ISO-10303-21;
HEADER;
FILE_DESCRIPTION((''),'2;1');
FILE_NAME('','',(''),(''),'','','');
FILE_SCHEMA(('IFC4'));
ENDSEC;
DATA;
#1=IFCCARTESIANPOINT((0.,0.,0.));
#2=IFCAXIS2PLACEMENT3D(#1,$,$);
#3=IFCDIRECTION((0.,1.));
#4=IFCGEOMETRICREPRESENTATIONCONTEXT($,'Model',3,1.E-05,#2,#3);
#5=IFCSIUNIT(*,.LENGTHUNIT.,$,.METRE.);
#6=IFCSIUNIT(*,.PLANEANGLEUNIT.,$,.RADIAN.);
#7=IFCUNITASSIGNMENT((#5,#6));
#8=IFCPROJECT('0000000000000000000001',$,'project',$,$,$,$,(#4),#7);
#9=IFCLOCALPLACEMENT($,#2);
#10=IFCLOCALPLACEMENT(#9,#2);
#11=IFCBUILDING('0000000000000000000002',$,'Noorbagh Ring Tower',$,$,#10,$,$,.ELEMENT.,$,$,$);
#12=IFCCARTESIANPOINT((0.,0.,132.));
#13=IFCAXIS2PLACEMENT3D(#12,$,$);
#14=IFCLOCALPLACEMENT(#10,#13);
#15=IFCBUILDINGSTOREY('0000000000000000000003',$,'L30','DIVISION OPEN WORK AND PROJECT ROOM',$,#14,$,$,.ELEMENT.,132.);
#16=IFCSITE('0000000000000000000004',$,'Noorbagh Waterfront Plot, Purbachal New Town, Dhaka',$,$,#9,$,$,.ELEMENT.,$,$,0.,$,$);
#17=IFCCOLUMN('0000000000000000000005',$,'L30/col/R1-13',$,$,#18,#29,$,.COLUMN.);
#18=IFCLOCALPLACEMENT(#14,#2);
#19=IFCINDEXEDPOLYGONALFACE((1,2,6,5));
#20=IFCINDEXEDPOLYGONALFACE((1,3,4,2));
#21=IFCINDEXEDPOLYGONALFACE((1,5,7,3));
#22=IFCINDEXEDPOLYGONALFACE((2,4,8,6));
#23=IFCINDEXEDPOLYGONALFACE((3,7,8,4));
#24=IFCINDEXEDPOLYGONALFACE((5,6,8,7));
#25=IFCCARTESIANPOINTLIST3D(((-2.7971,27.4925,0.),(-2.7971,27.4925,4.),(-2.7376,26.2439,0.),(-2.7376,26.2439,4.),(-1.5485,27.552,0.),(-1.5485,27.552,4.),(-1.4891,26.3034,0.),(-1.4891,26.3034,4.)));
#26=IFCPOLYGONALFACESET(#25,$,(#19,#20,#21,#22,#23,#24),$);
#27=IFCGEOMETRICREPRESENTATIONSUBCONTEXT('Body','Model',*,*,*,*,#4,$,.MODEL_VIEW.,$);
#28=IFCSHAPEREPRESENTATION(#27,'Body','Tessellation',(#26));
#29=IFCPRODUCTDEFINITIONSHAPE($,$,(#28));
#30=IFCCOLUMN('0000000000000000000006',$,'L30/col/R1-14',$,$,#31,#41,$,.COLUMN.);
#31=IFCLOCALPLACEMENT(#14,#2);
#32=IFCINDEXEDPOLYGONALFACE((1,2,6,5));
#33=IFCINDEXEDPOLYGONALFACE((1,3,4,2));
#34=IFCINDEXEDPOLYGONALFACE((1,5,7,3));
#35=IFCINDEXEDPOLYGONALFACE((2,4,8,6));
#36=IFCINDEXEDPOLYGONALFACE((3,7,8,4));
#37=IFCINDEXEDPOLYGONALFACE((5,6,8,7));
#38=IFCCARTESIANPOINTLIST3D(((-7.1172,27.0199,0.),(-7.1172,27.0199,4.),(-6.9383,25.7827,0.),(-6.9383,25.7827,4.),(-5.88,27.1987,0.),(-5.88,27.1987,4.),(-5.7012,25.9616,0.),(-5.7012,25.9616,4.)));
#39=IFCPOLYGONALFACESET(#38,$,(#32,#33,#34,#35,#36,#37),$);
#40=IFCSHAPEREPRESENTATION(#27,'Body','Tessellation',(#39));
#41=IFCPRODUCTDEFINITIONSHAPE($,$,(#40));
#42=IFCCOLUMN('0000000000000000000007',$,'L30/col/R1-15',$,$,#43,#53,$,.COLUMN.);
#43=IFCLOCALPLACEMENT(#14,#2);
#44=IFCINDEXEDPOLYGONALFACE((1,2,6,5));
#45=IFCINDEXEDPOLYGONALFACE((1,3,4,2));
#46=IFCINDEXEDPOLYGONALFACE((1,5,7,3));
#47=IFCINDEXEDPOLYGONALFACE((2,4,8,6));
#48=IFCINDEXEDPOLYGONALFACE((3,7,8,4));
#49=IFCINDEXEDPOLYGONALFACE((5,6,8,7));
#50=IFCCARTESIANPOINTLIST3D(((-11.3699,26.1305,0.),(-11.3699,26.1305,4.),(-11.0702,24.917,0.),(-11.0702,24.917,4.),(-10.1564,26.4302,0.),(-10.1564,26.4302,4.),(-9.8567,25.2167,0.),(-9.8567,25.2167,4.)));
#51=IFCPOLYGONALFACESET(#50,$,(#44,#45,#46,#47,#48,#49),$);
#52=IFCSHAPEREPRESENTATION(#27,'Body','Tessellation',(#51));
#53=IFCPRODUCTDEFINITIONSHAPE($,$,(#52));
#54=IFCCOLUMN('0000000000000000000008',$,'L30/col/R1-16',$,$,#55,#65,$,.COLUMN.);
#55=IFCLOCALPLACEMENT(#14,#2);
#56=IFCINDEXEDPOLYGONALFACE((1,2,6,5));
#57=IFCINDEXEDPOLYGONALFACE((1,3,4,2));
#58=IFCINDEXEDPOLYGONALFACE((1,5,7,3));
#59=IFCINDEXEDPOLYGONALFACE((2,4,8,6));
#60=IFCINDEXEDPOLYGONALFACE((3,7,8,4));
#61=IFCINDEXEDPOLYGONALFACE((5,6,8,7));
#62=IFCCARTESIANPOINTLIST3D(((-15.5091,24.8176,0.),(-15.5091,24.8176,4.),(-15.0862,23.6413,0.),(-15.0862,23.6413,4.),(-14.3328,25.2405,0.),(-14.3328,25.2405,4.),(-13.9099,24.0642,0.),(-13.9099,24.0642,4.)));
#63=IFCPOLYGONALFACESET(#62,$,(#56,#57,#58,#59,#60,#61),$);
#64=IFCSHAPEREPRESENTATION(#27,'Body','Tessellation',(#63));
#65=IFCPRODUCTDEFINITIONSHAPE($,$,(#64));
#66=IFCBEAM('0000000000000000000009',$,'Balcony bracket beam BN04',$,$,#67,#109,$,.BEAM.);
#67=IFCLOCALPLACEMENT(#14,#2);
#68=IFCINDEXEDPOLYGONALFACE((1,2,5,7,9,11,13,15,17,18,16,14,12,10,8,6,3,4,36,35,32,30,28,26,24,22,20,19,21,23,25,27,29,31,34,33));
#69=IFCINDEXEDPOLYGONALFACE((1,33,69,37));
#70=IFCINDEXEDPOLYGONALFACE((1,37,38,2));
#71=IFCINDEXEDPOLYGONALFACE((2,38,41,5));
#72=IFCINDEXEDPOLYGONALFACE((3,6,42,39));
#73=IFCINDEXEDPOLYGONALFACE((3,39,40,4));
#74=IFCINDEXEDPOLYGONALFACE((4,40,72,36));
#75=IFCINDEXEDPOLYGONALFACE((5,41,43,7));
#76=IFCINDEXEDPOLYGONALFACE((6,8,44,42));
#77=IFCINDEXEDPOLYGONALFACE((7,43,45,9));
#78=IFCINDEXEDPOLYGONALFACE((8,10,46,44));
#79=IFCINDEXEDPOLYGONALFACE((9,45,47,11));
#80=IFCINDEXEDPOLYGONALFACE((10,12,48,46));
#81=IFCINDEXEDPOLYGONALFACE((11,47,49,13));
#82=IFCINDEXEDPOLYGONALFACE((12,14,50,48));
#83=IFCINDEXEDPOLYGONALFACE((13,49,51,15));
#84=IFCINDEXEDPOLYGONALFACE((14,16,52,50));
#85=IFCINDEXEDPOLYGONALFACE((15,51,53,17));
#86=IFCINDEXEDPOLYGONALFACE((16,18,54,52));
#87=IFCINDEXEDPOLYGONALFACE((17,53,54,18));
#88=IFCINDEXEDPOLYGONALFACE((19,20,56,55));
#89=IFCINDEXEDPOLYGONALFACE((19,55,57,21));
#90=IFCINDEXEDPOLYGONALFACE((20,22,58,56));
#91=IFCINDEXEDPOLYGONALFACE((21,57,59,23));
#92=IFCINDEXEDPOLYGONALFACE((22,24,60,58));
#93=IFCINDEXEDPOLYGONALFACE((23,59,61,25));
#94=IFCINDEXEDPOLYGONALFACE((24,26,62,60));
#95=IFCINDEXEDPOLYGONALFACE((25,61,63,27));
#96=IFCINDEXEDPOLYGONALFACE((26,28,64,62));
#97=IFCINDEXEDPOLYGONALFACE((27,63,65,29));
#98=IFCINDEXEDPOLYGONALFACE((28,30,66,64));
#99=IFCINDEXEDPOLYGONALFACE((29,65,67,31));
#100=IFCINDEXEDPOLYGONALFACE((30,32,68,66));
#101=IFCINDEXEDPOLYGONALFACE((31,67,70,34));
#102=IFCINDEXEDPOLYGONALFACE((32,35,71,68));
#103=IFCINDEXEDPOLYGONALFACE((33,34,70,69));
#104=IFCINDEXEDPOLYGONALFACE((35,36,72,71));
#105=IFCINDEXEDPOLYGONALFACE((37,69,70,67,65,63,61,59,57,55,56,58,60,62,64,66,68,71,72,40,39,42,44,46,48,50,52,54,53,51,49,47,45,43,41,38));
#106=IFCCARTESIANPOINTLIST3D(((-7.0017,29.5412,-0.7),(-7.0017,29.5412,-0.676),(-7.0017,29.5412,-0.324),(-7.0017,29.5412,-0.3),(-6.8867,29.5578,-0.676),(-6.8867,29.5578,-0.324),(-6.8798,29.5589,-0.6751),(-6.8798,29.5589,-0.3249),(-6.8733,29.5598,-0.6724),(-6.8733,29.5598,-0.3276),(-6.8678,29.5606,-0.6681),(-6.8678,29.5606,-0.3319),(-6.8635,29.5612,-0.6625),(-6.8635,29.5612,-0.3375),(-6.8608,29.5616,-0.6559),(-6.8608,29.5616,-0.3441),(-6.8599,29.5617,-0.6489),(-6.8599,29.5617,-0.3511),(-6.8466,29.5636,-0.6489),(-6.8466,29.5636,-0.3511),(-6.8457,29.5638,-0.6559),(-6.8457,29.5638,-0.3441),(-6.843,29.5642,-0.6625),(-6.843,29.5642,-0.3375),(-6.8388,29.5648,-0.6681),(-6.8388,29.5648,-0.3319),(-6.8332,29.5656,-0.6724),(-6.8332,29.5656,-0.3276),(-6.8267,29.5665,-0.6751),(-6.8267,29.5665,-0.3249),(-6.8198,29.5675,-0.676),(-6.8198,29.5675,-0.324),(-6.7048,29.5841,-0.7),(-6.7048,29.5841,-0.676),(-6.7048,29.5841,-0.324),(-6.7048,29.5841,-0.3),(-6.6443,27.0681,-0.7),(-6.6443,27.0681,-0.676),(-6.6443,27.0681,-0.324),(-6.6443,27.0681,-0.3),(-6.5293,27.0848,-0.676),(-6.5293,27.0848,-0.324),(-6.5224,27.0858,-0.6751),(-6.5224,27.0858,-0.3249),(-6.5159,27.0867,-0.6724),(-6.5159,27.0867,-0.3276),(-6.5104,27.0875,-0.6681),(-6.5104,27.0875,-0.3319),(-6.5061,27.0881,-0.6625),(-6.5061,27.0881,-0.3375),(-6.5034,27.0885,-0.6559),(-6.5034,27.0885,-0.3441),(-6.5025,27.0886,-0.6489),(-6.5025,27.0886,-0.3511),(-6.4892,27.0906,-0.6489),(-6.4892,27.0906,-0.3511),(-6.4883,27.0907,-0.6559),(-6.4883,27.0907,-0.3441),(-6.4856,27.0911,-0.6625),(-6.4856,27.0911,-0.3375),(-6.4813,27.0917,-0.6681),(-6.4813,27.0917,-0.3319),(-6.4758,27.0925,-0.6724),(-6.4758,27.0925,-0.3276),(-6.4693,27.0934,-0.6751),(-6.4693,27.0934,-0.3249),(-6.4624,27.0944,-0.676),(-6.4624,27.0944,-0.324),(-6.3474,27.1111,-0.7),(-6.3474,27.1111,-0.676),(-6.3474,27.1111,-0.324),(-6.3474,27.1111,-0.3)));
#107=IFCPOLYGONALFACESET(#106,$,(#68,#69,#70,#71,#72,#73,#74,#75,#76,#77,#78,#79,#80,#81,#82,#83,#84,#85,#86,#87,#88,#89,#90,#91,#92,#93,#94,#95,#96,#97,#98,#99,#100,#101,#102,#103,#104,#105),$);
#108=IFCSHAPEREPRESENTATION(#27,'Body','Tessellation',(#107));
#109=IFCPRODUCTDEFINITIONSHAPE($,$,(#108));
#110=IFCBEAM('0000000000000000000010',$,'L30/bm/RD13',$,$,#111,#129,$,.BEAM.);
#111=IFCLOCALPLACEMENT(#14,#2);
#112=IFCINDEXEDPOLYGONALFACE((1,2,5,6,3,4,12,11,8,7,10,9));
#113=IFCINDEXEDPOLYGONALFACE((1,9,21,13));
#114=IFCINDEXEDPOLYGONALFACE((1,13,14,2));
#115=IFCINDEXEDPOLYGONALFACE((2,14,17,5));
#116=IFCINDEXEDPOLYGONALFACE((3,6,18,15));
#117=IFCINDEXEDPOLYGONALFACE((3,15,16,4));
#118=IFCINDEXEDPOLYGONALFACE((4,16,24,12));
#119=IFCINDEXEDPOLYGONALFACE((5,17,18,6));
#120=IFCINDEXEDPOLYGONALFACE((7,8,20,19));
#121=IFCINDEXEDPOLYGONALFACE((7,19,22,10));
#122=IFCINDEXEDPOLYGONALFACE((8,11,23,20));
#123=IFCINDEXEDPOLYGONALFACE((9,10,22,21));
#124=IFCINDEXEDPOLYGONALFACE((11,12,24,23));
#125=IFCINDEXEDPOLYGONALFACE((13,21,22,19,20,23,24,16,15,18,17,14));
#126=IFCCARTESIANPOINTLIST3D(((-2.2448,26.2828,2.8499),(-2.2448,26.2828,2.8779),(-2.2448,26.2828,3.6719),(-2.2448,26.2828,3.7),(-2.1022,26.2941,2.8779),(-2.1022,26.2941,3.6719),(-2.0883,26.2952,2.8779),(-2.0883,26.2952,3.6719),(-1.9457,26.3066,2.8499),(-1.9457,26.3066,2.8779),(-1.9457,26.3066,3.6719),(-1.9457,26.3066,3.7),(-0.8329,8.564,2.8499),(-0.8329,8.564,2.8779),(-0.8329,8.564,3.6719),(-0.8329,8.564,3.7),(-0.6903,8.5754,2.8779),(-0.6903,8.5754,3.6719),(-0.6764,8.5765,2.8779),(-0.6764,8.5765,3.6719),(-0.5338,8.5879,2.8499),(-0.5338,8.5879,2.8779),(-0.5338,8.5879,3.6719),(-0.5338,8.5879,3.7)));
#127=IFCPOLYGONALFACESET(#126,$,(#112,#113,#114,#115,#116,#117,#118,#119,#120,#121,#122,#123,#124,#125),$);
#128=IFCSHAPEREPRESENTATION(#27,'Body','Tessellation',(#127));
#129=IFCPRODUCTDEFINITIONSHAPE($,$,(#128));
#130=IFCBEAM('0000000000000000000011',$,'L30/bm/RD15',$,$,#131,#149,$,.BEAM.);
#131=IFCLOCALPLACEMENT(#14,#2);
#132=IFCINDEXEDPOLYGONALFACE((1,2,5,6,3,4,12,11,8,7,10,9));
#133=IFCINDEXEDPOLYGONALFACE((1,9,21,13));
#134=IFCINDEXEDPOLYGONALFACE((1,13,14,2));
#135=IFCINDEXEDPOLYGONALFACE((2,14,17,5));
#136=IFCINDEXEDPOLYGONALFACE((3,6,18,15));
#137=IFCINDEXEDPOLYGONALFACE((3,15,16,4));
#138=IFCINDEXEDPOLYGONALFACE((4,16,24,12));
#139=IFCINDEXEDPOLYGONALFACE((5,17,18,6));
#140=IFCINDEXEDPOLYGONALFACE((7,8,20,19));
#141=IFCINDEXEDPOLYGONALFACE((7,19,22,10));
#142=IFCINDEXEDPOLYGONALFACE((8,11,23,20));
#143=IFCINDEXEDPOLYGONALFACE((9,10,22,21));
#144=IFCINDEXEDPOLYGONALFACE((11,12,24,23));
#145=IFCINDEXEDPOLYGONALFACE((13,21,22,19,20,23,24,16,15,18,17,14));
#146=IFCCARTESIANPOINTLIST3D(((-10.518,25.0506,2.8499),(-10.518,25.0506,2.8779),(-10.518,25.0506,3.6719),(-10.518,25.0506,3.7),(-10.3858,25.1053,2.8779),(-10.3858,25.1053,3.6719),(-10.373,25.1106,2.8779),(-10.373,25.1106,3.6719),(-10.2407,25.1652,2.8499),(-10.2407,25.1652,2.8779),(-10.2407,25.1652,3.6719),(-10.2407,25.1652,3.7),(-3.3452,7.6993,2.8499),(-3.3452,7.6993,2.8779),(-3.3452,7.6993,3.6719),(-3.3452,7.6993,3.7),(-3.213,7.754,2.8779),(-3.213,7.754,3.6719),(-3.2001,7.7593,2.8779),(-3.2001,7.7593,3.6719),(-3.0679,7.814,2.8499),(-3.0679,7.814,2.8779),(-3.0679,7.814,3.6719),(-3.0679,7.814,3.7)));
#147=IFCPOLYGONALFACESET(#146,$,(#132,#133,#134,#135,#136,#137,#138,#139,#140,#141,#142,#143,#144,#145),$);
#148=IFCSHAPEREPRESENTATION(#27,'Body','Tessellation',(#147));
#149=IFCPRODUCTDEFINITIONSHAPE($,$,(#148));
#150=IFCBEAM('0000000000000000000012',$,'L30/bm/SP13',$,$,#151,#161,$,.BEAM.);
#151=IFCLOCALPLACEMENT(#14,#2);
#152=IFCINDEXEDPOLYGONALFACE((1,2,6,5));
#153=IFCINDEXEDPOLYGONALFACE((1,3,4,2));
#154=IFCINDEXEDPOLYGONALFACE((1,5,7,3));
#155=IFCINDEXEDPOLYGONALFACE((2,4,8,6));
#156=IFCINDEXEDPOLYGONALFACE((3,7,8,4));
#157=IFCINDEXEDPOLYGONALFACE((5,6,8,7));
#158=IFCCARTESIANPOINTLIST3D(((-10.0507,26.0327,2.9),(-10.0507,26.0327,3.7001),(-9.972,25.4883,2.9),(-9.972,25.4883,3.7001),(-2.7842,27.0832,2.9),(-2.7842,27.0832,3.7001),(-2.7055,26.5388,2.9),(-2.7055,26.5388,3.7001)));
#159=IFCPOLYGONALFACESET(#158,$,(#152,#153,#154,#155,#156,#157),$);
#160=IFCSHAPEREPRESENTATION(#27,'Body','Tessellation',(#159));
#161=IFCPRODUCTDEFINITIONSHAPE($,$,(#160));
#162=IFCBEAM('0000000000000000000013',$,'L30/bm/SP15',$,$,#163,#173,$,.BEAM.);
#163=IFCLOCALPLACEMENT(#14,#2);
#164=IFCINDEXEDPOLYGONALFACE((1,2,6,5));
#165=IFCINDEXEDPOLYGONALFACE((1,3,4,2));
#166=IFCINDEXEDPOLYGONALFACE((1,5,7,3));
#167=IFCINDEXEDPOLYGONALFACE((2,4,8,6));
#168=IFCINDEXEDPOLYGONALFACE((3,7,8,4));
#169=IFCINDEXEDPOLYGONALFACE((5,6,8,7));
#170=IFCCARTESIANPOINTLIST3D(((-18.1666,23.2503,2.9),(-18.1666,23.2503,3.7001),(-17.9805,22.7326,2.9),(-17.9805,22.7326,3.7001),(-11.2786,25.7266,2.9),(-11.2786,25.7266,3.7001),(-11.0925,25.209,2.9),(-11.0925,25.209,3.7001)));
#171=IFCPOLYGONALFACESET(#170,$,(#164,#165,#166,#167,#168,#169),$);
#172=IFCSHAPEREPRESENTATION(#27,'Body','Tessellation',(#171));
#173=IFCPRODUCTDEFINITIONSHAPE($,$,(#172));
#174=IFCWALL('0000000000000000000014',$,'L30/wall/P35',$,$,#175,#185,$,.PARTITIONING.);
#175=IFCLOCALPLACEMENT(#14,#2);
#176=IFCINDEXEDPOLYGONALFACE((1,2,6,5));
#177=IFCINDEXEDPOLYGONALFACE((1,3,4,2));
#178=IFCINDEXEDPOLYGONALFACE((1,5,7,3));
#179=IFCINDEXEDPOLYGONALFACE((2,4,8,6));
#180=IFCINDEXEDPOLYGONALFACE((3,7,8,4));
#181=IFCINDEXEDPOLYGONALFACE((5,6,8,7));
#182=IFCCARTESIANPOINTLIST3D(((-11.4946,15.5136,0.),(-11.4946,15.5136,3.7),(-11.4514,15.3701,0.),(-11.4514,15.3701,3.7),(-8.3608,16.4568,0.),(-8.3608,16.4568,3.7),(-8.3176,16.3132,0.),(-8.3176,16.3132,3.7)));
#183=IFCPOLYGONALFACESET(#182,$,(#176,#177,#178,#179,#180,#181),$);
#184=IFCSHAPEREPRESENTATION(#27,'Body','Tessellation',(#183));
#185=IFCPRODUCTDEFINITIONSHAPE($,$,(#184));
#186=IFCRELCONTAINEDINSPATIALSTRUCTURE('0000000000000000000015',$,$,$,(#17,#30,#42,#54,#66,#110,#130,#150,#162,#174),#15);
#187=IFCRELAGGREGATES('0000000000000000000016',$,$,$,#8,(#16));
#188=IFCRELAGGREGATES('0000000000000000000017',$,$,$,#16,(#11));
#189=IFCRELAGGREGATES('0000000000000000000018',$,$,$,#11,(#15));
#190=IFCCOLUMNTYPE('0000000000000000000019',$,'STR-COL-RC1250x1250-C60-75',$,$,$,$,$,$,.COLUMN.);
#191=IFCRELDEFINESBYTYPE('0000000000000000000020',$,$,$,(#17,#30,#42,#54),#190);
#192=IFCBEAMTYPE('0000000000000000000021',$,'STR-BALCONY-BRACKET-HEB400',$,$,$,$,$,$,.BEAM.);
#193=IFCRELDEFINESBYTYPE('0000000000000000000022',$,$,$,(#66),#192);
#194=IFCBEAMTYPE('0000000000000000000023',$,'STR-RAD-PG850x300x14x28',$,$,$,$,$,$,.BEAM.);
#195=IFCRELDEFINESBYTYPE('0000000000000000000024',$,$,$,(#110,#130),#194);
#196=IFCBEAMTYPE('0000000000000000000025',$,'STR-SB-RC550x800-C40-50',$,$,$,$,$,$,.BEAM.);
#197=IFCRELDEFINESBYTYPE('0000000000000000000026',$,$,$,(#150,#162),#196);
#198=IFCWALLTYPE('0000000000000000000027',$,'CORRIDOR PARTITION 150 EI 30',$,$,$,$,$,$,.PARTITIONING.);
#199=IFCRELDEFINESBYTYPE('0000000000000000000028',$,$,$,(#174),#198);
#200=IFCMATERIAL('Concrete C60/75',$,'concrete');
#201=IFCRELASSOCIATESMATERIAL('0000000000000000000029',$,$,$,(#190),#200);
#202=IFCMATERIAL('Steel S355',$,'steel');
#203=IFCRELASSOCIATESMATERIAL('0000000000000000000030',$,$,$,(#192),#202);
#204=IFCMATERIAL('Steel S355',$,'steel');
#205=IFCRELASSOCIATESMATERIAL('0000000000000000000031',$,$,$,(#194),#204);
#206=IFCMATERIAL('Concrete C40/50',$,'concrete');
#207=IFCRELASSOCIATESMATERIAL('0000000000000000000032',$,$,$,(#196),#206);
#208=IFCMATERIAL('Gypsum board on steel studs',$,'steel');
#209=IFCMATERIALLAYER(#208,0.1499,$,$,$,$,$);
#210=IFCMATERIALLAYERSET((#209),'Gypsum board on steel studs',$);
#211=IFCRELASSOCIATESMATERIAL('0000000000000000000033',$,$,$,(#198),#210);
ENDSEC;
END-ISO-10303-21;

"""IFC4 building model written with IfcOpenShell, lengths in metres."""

from ifc_helpers import new_model, si_unit, direction, frame, frame_2d, origin, origin_2d, place, context, subcontext, project, spatial, rectangle, i_section, extrude, material, layer, layer_set, material_profile, profile_set, type_object, element, save


model = new_model("IFC4")

# Units and contexts
model_context = context("Model", 3, precision=1e-05, world=origin(), true_north=direction((0.0, 1.0)))
body_context = subcontext(model_context, "Body", "Model", "MODEL_VIEW")
ifc_project = project(units=[si_unit("LENGTHUNIT", "METRE"), si_unit("PLANEANGLEUNIT", "RADIAN")], contexts=[model_context])

# Site, building, storey
site_placement = place(None, origin())
site = spatial("IfcSite", under=ifc_project, at=site_placement, Name="Noorbagh Waterfront Plot, Purbachal New Town, Dhaka", CompositionType="ELEMENT", RefElevation=0.0)
building_placement = place(site_placement, origin())
building = spatial("IfcBuilding", under=site, at=building_placement, Name="Noorbagh Ring Tower", CompositionType="ELEMENT")
storey_placement = place(building_placement, frame((0.0, 0.0, 132.0)))
storey = spatial("IfcBuildingStorey", under=building, at=storey_placement, Name="L30", Description="DIVISION OPEN WORK AND PROJECT ROOM", CompositionType="ELEMENT", Elevation=132.0)

# Columns
ifc_material_1 = material(Name="Concrete C60/75", Category="concrete")
ifc_material_profile_1 = material_profile(ifc_material_1, rectangle(XDim=1.25, YDim=1.25, at=origin_2d()), Name="RC1250x1250")
ifc_profile_set_1 = profile_set([ifc_material_profile_1], Name="Concrete C60/75")
column_type = type_object("IfcColumnType", Name="STR-COL-RC1250x1250-C60-75", PredefinedType="COLUMN", material=ifc_profile_set_1)
for number, where, z_axis, x_axis, name in (
    (1, (-2.1431, 26.8979, 0.0), (0.0, 0.0, 1.0), (-0.998869, -0.047553, 0.0), "L30/col/R1-13"),
    (2, (-6.4092, 26.4907, 0.0), (0.0, 0.0, 1.0), (-0.989713, -0.143066, 0.0), "L30/col/R1-14"),
    (3, (-10.6133, 25.6736, 0.0), (0.0, 0.0, 1.0), (-0.970829, -0.239771, 0.0), "L30/col/R1-15"),
    (4, (-14.7095, 24.4409, 0.0), (0.0, 0.0, 1.0), (-0.941025, -0.338338, 0.0), "L30/col/R1-16"),
):
    element("IfcColumn", number, at=place(storey_placement, frame(where, z_axis=z_axis, x_axis=x_axis)), inside=storey, type_object=column_type, Name=name, PredefinedType="COLUMN", context=body_context, shape_type="SweptSolid", body=[
        extrude(rectangle(XDim=1.25, YDim=1.25, at=origin_2d()), origin(), (0.0, 0.0, 1.0), 4.0),
    ])

# Beams
ifc_material_2 = material(Name="Steel S355", Category="steel")
ifc_material_profile_2 = material_profile(ifc_material_2, i_section(OverallWidth=0.3, OverallDepth=0.3999, WebThickness=0.0134, FlangeThickness=0.0239, FilletRadius=0.0271, at=origin_2d()), Name="HEB400")
ifc_profile_set_2 = profile_set([ifc_material_profile_2], Name="Steel S355")
beam_type_1 = type_object("IfcBeamType", Name="STR-BALCONY-BRACKET-HEB400", PredefinedType="BEAM", material=ifc_profile_set_2)
beam_1_placement = place(storey_placement, frame((-6.4958, 27.0896, -0.5), z_axis=(-0.143035, 0.989718, 0.0), x_axis=(-0.989718, -0.143035, 0.0)))
element("IfcBeam", 5, at=beam_1_placement, inside=storey, type_object=beam_type_1, Name="Balcony bracket beam BN04", PredefinedType="BEAM", context=body_context, shape_type="SweptSolid", body=[
    extrude(i_section(OverallWidth=0.3, OverallDepth=0.3999, WebThickness=0.0134, FlangeThickness=0.0239, FilletRadius=0.0271, at=origin_2d()), origin(), (0.0, 0.0, 1.0), 2.4988),
])
ifc_material_3 = material(Name="Steel S355", Category="steel")
ifc_material_profile_3 = material_profile(ifc_material_3, i_section(OverallWidth=0.3, OverallDepth=0.8501, WebThickness=0.0139, FlangeThickness=0.0281, at=origin_2d()), Name="PG850x300x14x28")
ifc_profile_set_3 = profile_set([ifc_material_profile_3], Name="Steel S355")
beam_type_2 = type_object("IfcBeamType", Name="STR-RAD-PG850x300x14x28", PredefinedType="BEAM", material=ifc_profile_set_3)
beam_2_placement = place(storey_placement, frame((-2.0952, 26.2947, 3.2749), z_axis=(0.07943, -0.99684, 0.0), x_axis=(0.99684, 0.07943, 0.0)))
element("IfcBeam", 6, at=beam_2_placement, inside=storey, type_object=beam_type_2, Name="L30/bm/RD13", PredefinedType="BEAM", context=body_context, shape_type="SweptSolid", body=[
    extrude(i_section(OverallWidth=0.3, OverallDepth=0.8501, WebThickness=0.0139, FlangeThickness=0.0281, at=origin_2d()), origin(), (0.0, 0.0, 1.0), 17.7749),
])
beam_3_placement = place(storey_placement, frame((-10.3794, 25.1079, 3.2749), z_axis=(0.382033, -0.924149, 0.0), x_axis=(0.924149, 0.382033, 0.0)))
element("IfcBeam", 7, at=beam_3_placement, inside=storey, type_object=beam_type_2, Name="L30/bm/RD15", PredefinedType="BEAM", context=body_context, shape_type="SweptSolid", body=[
    extrude(i_section(OverallWidth=0.3, OverallDepth=0.8501, WebThickness=0.0139, FlangeThickness=0.0281, at=origin_2d()), origin(), (0.0, 0.0, 1.0), 18.7754),
])
ifc_material_4 = material(Name="Concrete C40/50", Category="concrete")
ifc_material_profile_4 = material_profile(ifc_material_4, rectangle(XDim=0.55, YDim=0.8, at=origin_2d()), Name="RC550x800")
ifc_profile_set_4 = profile_set([ifc_material_profile_4], Name="Concrete C40/50")
beam_type_3 = type_object("IfcBeamType", Name="STR-SB-RC550x800-C40-50", PredefinedType="BEAM", material=ifc_profile_set_4)
beam_4_placement = place(storey_placement, frame((-2.7449, 26.811, 3.3), z_axis=(-0.989711, -0.143083, 0.0), x_axis=(0.143083, -0.989711, 0.0)))
element("IfcBeam", 8, at=beam_4_placement, inside=storey, type_object=beam_type_3, Name="L30/bm/SP13", PredefinedType="BEAM", context=body_context, shape_type="SweptSolid", body=[
    extrude(rectangle(XDim=0.55, YDim=0.8, at=origin_2d()), origin(), (0.0, 0.0, 1.0), 7.342),
])
beam_5_placement = place(storey_placement, frame((-11.1855, 25.4678, 3.3), z_axis=(-0.941033, -0.338315, 0.0), x_axis=(0.338315, -0.941033, 0.0)))
element("IfcBeam", 9, at=beam_5_placement, inside=storey, type_object=beam_type_3, Name="L30/bm/SP15", PredefinedType="BEAM", context=body_context, shape_type="SweptSolid", body=[
    extrude(rectangle(XDim=0.55, YDim=0.8, at=origin_2d()), origin(), (0.0, 0.0, 1.0), 7.3196),
])

# Wall
ifc_material_5 = material(Name="Gypsum board on steel studs", Category="steel")
ifc_layer_1 = layer(ifc_material_5, 0.1499)
ifc_layer_set_1 = layer_set([ifc_layer_1], Name="Gypsum board on steel studs")
wall_type_1 = type_object("IfcWallType", Name="CORRIDOR PARTITION 150 EI 30", PredefinedType="PARTITIONING", material=ifc_layer_set_1)
wall_1_placement = place(storey_placement, frame((-11.4729, 15.4419, 0.0), z_axis=(0.0, 0.0, 1.0), x_axis=(0.957575, 0.288183, 0.0)))
element("IfcWall", 10, at=wall_1_placement, inside=storey, type_object=wall_type_1, Name="L30/wall/P35", PredefinedType="PARTITIONING", context=body_context, shape_type="SweptSolid", body=[
    extrude(rectangle(XDim=3.2727, YDim=0.1499, at=frame_2d((1.6362, 0.0))), origin(), (0.0, 0.0, 1.0), 3.7),
])

save(model, "model.ifc")
